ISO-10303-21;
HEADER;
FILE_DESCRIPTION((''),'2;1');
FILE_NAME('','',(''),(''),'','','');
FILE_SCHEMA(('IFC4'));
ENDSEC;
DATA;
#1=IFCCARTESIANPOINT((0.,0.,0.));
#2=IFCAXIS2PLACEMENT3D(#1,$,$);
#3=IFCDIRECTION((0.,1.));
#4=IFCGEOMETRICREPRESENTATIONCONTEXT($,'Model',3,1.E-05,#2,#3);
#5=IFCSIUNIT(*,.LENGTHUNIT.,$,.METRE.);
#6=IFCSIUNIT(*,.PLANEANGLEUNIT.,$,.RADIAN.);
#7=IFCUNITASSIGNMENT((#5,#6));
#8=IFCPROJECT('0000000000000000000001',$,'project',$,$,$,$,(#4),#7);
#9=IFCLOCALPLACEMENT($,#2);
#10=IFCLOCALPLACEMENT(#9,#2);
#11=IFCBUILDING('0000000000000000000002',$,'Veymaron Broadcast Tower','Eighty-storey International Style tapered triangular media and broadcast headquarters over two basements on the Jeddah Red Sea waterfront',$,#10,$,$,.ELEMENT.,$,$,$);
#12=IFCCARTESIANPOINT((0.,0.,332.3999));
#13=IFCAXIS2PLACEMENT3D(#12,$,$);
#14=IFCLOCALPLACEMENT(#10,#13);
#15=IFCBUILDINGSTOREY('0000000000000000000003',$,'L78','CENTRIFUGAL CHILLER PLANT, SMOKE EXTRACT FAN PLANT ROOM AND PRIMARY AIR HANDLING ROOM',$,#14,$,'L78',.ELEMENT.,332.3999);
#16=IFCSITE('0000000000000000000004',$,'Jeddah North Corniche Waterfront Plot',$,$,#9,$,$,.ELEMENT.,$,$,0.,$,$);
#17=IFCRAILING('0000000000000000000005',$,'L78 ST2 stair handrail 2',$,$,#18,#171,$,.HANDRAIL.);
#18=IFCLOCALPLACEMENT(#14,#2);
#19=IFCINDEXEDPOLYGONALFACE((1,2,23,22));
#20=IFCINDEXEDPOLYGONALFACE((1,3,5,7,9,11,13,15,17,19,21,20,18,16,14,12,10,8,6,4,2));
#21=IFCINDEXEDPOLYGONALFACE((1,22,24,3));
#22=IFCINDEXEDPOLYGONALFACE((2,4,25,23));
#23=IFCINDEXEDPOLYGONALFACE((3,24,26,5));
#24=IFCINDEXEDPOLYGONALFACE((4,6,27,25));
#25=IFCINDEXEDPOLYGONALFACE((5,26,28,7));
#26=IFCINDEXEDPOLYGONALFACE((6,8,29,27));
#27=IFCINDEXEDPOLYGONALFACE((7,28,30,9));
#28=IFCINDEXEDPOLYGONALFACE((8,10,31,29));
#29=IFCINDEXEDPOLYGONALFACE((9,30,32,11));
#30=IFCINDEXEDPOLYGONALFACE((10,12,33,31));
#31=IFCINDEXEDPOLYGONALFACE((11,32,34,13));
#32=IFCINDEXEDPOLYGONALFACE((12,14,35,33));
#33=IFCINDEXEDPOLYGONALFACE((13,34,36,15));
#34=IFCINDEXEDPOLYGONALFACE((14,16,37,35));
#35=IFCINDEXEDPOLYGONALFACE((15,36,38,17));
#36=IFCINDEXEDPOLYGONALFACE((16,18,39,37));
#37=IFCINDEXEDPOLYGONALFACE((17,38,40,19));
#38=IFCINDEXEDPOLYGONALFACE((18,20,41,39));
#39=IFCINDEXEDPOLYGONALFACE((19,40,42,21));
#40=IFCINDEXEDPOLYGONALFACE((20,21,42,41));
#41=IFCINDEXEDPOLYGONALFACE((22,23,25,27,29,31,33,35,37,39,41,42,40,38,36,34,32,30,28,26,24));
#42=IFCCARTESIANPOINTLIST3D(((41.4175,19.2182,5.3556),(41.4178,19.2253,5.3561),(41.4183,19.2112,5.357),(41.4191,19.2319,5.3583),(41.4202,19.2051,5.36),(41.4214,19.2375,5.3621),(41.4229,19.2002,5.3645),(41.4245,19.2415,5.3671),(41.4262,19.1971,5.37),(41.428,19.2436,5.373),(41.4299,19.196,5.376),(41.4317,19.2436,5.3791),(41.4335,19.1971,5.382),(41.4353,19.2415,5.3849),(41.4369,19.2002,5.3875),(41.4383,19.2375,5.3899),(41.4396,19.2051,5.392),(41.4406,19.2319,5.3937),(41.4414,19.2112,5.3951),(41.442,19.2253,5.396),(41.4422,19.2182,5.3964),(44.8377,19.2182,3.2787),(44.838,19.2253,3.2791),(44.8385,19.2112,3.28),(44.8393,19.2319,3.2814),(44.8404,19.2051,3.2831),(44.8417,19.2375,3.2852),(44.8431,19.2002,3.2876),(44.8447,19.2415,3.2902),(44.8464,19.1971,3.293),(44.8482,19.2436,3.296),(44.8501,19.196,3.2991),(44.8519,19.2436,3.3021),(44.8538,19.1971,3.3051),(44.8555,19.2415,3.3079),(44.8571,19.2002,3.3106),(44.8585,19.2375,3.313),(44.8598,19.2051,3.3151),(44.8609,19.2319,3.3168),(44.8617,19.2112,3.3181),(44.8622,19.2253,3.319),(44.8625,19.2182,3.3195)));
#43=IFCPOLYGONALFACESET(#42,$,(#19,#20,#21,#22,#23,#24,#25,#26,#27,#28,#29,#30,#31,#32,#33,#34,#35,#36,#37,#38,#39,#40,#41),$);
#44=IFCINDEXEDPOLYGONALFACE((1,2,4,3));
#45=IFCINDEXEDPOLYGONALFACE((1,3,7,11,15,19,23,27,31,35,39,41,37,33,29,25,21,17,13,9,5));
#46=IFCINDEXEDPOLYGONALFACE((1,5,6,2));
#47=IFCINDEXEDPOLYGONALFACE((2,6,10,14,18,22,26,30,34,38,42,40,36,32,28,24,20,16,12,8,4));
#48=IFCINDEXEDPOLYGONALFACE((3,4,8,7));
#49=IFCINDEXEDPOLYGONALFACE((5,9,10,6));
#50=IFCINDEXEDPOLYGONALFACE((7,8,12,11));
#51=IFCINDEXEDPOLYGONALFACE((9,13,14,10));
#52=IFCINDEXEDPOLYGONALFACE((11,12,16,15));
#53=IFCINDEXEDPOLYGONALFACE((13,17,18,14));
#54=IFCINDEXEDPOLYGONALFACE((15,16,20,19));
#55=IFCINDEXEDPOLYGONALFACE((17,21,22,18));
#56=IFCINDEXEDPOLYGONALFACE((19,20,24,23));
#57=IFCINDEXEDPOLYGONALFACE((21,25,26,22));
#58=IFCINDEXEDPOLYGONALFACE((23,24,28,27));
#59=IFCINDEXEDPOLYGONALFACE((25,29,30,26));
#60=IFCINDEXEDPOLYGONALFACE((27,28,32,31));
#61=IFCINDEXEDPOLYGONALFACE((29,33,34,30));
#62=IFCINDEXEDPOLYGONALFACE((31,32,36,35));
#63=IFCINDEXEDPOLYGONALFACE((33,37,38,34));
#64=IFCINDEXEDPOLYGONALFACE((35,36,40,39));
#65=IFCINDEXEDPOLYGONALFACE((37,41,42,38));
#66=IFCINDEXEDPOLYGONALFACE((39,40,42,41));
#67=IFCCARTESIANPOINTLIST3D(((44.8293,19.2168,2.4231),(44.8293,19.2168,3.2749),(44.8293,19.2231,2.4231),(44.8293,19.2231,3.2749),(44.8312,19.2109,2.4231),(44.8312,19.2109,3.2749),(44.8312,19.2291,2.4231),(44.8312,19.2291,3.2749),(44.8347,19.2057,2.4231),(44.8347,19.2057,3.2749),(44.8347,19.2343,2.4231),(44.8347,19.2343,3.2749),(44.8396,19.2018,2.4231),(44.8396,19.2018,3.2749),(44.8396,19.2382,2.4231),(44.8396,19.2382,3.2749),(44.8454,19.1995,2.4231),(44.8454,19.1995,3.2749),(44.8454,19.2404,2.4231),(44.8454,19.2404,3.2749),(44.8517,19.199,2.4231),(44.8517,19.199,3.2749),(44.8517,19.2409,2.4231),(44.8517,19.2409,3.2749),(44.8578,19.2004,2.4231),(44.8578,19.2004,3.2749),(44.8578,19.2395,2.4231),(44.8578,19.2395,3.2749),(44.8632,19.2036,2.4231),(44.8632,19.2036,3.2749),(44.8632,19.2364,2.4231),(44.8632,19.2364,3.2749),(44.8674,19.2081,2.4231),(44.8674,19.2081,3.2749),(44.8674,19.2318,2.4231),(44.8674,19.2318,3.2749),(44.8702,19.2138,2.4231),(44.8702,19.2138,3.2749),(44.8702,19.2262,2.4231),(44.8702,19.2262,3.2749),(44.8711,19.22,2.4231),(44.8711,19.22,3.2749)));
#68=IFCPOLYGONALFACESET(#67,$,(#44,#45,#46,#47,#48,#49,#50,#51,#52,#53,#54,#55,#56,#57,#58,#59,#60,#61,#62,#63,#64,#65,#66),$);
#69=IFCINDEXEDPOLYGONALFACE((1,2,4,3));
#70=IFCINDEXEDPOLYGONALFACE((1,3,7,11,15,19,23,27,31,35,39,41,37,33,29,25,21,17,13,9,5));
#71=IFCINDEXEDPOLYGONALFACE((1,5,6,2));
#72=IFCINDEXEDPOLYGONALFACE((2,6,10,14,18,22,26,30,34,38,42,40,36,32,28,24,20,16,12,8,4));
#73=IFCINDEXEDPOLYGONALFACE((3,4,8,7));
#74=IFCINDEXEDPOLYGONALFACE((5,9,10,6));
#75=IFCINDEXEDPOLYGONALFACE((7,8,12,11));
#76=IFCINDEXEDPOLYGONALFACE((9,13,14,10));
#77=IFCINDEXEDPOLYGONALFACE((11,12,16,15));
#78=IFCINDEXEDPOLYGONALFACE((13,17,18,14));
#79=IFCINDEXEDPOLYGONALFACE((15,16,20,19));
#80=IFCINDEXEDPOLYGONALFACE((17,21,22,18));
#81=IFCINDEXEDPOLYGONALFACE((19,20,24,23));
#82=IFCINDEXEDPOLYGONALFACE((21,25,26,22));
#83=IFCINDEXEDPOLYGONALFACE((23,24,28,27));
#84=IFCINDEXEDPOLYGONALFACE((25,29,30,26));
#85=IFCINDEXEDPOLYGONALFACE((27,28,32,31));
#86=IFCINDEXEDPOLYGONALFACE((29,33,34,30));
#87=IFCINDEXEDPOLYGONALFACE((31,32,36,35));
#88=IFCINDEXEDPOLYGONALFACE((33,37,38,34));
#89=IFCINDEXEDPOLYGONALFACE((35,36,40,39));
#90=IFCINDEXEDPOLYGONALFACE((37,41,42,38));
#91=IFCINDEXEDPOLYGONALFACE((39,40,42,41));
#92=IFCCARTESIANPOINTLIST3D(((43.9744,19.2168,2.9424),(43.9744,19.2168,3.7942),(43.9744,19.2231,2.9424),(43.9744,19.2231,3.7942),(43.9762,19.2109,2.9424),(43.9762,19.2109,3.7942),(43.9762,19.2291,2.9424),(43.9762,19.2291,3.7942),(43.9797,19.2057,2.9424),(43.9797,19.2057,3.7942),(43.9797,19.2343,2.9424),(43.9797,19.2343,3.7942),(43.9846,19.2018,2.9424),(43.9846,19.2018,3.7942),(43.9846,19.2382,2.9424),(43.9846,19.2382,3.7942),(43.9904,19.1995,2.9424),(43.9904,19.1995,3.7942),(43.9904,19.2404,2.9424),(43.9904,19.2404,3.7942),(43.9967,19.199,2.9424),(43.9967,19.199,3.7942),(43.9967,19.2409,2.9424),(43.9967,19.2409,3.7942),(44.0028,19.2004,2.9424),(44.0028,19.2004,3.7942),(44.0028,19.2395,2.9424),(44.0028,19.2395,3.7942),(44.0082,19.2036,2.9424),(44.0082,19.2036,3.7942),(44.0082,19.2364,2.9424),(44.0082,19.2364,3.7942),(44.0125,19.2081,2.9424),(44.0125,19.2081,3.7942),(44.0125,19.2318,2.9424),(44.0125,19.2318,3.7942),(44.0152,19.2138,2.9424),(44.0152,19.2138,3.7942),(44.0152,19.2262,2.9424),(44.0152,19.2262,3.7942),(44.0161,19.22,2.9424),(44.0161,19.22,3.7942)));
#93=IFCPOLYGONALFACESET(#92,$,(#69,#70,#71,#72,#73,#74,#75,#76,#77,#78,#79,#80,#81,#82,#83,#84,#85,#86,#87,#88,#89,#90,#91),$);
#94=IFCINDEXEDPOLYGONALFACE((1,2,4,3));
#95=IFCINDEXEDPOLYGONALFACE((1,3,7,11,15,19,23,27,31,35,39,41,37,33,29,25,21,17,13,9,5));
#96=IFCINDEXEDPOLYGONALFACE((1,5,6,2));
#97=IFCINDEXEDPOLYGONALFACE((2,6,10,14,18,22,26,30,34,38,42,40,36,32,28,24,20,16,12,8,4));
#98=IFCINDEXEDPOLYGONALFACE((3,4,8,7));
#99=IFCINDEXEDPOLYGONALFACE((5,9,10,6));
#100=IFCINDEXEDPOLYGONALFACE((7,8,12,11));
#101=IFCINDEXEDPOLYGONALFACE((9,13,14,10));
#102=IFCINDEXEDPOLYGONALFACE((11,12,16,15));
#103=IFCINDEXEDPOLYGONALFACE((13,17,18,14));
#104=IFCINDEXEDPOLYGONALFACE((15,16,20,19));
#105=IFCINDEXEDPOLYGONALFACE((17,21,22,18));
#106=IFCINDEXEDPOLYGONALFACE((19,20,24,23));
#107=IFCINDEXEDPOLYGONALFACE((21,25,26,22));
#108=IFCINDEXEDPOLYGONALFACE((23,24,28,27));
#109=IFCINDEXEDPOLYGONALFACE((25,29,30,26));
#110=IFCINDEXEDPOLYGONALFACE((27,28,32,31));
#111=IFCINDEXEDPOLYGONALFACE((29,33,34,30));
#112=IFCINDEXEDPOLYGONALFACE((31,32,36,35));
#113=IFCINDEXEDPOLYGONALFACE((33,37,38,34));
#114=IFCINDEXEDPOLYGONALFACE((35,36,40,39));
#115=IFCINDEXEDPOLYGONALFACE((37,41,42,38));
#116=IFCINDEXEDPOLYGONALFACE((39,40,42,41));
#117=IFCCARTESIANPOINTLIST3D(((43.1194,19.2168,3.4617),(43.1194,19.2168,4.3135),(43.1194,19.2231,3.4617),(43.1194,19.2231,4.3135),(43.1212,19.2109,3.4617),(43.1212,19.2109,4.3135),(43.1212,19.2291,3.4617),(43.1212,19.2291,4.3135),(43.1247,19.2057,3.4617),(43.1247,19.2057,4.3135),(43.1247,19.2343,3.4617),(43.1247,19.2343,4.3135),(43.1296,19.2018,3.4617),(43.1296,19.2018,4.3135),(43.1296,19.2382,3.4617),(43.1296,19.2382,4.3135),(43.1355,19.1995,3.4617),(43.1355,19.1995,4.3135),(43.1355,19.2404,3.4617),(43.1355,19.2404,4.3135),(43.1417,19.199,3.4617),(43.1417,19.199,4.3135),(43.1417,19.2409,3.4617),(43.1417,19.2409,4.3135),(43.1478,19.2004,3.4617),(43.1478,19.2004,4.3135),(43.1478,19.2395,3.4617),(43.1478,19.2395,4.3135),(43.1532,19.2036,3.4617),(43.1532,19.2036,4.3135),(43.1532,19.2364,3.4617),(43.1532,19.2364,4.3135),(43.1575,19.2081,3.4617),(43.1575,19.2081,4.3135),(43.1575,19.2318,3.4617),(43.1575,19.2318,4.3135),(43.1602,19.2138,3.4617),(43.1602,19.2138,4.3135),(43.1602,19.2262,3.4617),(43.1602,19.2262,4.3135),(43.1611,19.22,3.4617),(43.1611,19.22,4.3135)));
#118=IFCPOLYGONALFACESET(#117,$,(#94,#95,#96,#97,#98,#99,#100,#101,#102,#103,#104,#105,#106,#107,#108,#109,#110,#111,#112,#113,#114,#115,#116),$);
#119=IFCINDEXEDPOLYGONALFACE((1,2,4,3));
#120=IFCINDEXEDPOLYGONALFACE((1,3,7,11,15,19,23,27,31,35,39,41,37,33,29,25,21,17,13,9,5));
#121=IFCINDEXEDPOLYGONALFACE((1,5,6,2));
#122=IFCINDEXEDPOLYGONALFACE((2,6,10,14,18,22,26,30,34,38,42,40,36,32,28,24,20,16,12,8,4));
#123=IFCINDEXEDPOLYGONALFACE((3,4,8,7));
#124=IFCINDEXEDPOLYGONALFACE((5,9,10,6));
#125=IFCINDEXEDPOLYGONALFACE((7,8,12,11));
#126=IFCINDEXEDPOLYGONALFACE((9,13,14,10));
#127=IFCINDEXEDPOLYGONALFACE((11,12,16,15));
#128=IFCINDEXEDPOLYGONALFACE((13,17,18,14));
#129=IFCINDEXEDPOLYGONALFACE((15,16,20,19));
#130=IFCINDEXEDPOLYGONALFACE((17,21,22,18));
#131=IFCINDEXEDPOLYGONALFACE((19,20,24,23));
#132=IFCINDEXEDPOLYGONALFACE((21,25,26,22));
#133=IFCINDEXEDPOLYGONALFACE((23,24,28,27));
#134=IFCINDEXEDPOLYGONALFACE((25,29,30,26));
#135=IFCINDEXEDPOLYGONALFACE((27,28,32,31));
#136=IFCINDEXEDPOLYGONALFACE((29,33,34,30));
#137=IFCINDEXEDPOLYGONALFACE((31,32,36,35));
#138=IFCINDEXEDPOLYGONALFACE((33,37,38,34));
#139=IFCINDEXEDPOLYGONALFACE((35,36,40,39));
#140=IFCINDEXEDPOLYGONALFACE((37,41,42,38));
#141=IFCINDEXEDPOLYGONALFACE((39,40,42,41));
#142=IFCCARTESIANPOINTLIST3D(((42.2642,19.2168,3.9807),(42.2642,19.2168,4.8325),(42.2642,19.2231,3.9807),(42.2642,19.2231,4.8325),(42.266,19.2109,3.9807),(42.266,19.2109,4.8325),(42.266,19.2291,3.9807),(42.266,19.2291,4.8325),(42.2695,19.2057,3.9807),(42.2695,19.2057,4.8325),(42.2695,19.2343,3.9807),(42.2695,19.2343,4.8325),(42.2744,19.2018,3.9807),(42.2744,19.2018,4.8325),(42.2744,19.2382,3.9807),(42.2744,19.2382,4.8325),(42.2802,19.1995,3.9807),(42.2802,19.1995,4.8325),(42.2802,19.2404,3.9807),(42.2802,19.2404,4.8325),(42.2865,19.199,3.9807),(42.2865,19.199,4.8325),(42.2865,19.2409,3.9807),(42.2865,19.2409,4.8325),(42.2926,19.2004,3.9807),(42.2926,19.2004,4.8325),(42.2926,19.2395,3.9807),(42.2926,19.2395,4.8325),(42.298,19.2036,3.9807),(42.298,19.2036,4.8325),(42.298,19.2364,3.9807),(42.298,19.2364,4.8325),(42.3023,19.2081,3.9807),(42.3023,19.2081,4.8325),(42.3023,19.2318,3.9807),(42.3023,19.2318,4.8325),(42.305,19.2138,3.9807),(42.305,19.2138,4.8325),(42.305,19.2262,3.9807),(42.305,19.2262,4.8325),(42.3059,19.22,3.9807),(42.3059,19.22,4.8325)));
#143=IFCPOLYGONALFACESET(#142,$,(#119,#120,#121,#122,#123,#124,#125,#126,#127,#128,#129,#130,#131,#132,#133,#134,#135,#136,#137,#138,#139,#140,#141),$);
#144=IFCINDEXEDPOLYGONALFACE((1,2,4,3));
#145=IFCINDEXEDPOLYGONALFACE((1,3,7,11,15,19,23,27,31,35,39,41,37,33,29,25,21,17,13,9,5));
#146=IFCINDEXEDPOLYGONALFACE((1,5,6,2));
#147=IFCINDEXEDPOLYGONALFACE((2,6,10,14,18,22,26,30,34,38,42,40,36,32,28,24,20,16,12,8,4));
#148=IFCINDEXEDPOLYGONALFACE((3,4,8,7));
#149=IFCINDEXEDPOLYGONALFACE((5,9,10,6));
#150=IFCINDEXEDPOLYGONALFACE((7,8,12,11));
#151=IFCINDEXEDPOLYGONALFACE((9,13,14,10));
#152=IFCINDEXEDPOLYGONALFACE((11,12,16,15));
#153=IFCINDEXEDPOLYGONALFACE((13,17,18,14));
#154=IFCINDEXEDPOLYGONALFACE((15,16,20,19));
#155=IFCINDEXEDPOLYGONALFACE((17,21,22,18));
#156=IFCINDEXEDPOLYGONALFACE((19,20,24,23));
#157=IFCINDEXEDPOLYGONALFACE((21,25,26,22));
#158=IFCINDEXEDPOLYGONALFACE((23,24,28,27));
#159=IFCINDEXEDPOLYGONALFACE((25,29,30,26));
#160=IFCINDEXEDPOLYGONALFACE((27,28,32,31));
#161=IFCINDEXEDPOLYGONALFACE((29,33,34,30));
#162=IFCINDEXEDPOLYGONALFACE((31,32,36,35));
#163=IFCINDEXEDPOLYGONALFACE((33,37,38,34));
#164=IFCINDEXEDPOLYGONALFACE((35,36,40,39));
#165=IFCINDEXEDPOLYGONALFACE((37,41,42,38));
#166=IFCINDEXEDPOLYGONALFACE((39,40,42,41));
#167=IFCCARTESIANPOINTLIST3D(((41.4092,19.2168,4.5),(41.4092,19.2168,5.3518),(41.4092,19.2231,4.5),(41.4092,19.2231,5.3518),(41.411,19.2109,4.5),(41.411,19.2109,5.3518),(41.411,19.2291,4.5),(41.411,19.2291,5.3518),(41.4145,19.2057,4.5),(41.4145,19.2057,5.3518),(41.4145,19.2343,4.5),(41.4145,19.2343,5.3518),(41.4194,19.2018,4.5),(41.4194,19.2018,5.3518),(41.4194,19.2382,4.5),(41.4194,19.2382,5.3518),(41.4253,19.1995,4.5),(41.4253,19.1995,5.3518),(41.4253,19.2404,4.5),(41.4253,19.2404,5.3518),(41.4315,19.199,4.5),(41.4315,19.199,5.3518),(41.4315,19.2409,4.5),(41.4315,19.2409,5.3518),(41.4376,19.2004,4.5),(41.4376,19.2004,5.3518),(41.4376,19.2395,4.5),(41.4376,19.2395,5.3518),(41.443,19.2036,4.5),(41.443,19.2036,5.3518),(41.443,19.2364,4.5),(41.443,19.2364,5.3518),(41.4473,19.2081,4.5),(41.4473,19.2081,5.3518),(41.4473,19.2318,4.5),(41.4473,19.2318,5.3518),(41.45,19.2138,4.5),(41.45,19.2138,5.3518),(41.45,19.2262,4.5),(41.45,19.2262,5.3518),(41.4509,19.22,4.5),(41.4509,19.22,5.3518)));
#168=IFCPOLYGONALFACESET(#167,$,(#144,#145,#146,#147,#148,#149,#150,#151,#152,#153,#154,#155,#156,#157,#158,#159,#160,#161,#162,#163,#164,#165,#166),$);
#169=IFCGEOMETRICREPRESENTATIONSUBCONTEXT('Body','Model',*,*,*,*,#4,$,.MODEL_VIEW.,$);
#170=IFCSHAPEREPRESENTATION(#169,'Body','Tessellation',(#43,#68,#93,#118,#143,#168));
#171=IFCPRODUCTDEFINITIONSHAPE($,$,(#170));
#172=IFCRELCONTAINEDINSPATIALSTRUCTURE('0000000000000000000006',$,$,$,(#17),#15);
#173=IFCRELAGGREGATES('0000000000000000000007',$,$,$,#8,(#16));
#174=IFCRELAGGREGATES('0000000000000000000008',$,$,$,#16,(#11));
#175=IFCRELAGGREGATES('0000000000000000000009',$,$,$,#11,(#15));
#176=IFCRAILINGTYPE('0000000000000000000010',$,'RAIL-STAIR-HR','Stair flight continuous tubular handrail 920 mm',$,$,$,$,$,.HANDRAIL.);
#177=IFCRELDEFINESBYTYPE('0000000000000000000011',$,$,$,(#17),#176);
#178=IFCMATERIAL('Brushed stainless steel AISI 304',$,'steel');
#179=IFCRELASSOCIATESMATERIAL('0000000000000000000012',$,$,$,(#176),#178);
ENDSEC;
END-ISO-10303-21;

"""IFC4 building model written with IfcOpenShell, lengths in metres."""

from ifc_helpers import new_model, si_unit, direction, frame, origin, origin_2d, place, context, subcontext, project, spatial, circle, extrude, material, type_object, element, save


model = new_model("IFC4")

# Units and contexts
model_context = context("Model", 3, precision=1e-05, world=origin(), true_north=direction((0.0, 1.0)))
body_context = subcontext(model_context, "Body", "Model", "MODEL_VIEW")
ifc_project = project(units=[si_unit("LENGTHUNIT", "METRE"), si_unit("PLANEANGLEUNIT", "RADIAN")], contexts=[model_context])

# Site, building, storey
site_placement = place(None, origin())
site = spatial("IfcSite", under=ifc_project, at=site_placement, Name="Jeddah North Corniche Waterfront Plot", CompositionType="ELEMENT", RefElevation=0.0)
building_placement = place(site_placement, origin())
building = spatial("IfcBuilding", under=site, at=building_placement, Name="Veymaron Broadcast Tower", Description="Eighty-storey International Style tapered triangular media and broadcast headquarters over two basements on the Jeddah Red Sea waterfront", CompositionType="ELEMENT")
storey_placement = place(building_placement, frame((0.0, 0.0, 332.3999)))
storey = spatial("IfcBuildingStorey", under=building, at=storey_placement, Name="L78", Description="CENTRIFUGAL CHILLER PLANT, SMOKE EXTRACT FAN PLANT ROOM AND PRIMARY AIR HANDLING ROOM", LongName="L78", CompositionType="ELEMENT", Elevation=332.3999)

# Shared definitions
ifc_material_1 = material(Name="Brushed stainless steel AISI 304", Category="steel")

# Railing
railing_type_1 = type_object("IfcRailingType", Name="RAIL-STAIR-HR", Description="Stair flight continuous tubular handrail 920 mm", PredefinedType="HANDRAIL", material=ifc_material_1)
railing_1_placement = place(storey_placement, frame((44.8501, 19.22, 2.4231)))
element("IfcRailing", 1, at=railing_1_placement, inside=storey, type_object=railing_type_1, Name="L78 ST2 stair handrail 2", PredefinedType="HANDRAIL", context=body_context, shape_type="SweptSolid", body=[
    extrude(circle(Radius=0.0239, at=origin_2d()), frame((0.0, 0.0, 0.876), z_axis=(-0.854746, 0.0, 0.519047), x_axis=(0.0, -1.0, 0.0)), (0.0, 0.0, 1.0), 4.0015),
    extrude(circle(Radius=0.021, at=origin_2d()), origin(), (0.0, 0.0, 1.0), 0.8518),
    extrude(circle(Radius=0.021, at=origin_2d()), frame((-0.855, 0.0, 0.5193)), (0.0, 0.0, 1.0), 0.8518),
    extrude(circle(Radius=0.021, at=origin_2d()), frame((-1.71, 0.0, 1.0386)), (0.0, 0.0, 1.0), 0.8518),
    extrude(circle(Radius=0.021, at=origin_2d()), frame((-2.5652, 0.0, 1.5576)), (0.0, 0.0, 1.0), 0.8518),
    extrude(circle(Radius=0.021, at=origin_2d()), frame((-3.4202, 0.0, 2.0769)), (0.0, 0.0, 1.0), 0.8518),
])

save(model, "model.ifc")
